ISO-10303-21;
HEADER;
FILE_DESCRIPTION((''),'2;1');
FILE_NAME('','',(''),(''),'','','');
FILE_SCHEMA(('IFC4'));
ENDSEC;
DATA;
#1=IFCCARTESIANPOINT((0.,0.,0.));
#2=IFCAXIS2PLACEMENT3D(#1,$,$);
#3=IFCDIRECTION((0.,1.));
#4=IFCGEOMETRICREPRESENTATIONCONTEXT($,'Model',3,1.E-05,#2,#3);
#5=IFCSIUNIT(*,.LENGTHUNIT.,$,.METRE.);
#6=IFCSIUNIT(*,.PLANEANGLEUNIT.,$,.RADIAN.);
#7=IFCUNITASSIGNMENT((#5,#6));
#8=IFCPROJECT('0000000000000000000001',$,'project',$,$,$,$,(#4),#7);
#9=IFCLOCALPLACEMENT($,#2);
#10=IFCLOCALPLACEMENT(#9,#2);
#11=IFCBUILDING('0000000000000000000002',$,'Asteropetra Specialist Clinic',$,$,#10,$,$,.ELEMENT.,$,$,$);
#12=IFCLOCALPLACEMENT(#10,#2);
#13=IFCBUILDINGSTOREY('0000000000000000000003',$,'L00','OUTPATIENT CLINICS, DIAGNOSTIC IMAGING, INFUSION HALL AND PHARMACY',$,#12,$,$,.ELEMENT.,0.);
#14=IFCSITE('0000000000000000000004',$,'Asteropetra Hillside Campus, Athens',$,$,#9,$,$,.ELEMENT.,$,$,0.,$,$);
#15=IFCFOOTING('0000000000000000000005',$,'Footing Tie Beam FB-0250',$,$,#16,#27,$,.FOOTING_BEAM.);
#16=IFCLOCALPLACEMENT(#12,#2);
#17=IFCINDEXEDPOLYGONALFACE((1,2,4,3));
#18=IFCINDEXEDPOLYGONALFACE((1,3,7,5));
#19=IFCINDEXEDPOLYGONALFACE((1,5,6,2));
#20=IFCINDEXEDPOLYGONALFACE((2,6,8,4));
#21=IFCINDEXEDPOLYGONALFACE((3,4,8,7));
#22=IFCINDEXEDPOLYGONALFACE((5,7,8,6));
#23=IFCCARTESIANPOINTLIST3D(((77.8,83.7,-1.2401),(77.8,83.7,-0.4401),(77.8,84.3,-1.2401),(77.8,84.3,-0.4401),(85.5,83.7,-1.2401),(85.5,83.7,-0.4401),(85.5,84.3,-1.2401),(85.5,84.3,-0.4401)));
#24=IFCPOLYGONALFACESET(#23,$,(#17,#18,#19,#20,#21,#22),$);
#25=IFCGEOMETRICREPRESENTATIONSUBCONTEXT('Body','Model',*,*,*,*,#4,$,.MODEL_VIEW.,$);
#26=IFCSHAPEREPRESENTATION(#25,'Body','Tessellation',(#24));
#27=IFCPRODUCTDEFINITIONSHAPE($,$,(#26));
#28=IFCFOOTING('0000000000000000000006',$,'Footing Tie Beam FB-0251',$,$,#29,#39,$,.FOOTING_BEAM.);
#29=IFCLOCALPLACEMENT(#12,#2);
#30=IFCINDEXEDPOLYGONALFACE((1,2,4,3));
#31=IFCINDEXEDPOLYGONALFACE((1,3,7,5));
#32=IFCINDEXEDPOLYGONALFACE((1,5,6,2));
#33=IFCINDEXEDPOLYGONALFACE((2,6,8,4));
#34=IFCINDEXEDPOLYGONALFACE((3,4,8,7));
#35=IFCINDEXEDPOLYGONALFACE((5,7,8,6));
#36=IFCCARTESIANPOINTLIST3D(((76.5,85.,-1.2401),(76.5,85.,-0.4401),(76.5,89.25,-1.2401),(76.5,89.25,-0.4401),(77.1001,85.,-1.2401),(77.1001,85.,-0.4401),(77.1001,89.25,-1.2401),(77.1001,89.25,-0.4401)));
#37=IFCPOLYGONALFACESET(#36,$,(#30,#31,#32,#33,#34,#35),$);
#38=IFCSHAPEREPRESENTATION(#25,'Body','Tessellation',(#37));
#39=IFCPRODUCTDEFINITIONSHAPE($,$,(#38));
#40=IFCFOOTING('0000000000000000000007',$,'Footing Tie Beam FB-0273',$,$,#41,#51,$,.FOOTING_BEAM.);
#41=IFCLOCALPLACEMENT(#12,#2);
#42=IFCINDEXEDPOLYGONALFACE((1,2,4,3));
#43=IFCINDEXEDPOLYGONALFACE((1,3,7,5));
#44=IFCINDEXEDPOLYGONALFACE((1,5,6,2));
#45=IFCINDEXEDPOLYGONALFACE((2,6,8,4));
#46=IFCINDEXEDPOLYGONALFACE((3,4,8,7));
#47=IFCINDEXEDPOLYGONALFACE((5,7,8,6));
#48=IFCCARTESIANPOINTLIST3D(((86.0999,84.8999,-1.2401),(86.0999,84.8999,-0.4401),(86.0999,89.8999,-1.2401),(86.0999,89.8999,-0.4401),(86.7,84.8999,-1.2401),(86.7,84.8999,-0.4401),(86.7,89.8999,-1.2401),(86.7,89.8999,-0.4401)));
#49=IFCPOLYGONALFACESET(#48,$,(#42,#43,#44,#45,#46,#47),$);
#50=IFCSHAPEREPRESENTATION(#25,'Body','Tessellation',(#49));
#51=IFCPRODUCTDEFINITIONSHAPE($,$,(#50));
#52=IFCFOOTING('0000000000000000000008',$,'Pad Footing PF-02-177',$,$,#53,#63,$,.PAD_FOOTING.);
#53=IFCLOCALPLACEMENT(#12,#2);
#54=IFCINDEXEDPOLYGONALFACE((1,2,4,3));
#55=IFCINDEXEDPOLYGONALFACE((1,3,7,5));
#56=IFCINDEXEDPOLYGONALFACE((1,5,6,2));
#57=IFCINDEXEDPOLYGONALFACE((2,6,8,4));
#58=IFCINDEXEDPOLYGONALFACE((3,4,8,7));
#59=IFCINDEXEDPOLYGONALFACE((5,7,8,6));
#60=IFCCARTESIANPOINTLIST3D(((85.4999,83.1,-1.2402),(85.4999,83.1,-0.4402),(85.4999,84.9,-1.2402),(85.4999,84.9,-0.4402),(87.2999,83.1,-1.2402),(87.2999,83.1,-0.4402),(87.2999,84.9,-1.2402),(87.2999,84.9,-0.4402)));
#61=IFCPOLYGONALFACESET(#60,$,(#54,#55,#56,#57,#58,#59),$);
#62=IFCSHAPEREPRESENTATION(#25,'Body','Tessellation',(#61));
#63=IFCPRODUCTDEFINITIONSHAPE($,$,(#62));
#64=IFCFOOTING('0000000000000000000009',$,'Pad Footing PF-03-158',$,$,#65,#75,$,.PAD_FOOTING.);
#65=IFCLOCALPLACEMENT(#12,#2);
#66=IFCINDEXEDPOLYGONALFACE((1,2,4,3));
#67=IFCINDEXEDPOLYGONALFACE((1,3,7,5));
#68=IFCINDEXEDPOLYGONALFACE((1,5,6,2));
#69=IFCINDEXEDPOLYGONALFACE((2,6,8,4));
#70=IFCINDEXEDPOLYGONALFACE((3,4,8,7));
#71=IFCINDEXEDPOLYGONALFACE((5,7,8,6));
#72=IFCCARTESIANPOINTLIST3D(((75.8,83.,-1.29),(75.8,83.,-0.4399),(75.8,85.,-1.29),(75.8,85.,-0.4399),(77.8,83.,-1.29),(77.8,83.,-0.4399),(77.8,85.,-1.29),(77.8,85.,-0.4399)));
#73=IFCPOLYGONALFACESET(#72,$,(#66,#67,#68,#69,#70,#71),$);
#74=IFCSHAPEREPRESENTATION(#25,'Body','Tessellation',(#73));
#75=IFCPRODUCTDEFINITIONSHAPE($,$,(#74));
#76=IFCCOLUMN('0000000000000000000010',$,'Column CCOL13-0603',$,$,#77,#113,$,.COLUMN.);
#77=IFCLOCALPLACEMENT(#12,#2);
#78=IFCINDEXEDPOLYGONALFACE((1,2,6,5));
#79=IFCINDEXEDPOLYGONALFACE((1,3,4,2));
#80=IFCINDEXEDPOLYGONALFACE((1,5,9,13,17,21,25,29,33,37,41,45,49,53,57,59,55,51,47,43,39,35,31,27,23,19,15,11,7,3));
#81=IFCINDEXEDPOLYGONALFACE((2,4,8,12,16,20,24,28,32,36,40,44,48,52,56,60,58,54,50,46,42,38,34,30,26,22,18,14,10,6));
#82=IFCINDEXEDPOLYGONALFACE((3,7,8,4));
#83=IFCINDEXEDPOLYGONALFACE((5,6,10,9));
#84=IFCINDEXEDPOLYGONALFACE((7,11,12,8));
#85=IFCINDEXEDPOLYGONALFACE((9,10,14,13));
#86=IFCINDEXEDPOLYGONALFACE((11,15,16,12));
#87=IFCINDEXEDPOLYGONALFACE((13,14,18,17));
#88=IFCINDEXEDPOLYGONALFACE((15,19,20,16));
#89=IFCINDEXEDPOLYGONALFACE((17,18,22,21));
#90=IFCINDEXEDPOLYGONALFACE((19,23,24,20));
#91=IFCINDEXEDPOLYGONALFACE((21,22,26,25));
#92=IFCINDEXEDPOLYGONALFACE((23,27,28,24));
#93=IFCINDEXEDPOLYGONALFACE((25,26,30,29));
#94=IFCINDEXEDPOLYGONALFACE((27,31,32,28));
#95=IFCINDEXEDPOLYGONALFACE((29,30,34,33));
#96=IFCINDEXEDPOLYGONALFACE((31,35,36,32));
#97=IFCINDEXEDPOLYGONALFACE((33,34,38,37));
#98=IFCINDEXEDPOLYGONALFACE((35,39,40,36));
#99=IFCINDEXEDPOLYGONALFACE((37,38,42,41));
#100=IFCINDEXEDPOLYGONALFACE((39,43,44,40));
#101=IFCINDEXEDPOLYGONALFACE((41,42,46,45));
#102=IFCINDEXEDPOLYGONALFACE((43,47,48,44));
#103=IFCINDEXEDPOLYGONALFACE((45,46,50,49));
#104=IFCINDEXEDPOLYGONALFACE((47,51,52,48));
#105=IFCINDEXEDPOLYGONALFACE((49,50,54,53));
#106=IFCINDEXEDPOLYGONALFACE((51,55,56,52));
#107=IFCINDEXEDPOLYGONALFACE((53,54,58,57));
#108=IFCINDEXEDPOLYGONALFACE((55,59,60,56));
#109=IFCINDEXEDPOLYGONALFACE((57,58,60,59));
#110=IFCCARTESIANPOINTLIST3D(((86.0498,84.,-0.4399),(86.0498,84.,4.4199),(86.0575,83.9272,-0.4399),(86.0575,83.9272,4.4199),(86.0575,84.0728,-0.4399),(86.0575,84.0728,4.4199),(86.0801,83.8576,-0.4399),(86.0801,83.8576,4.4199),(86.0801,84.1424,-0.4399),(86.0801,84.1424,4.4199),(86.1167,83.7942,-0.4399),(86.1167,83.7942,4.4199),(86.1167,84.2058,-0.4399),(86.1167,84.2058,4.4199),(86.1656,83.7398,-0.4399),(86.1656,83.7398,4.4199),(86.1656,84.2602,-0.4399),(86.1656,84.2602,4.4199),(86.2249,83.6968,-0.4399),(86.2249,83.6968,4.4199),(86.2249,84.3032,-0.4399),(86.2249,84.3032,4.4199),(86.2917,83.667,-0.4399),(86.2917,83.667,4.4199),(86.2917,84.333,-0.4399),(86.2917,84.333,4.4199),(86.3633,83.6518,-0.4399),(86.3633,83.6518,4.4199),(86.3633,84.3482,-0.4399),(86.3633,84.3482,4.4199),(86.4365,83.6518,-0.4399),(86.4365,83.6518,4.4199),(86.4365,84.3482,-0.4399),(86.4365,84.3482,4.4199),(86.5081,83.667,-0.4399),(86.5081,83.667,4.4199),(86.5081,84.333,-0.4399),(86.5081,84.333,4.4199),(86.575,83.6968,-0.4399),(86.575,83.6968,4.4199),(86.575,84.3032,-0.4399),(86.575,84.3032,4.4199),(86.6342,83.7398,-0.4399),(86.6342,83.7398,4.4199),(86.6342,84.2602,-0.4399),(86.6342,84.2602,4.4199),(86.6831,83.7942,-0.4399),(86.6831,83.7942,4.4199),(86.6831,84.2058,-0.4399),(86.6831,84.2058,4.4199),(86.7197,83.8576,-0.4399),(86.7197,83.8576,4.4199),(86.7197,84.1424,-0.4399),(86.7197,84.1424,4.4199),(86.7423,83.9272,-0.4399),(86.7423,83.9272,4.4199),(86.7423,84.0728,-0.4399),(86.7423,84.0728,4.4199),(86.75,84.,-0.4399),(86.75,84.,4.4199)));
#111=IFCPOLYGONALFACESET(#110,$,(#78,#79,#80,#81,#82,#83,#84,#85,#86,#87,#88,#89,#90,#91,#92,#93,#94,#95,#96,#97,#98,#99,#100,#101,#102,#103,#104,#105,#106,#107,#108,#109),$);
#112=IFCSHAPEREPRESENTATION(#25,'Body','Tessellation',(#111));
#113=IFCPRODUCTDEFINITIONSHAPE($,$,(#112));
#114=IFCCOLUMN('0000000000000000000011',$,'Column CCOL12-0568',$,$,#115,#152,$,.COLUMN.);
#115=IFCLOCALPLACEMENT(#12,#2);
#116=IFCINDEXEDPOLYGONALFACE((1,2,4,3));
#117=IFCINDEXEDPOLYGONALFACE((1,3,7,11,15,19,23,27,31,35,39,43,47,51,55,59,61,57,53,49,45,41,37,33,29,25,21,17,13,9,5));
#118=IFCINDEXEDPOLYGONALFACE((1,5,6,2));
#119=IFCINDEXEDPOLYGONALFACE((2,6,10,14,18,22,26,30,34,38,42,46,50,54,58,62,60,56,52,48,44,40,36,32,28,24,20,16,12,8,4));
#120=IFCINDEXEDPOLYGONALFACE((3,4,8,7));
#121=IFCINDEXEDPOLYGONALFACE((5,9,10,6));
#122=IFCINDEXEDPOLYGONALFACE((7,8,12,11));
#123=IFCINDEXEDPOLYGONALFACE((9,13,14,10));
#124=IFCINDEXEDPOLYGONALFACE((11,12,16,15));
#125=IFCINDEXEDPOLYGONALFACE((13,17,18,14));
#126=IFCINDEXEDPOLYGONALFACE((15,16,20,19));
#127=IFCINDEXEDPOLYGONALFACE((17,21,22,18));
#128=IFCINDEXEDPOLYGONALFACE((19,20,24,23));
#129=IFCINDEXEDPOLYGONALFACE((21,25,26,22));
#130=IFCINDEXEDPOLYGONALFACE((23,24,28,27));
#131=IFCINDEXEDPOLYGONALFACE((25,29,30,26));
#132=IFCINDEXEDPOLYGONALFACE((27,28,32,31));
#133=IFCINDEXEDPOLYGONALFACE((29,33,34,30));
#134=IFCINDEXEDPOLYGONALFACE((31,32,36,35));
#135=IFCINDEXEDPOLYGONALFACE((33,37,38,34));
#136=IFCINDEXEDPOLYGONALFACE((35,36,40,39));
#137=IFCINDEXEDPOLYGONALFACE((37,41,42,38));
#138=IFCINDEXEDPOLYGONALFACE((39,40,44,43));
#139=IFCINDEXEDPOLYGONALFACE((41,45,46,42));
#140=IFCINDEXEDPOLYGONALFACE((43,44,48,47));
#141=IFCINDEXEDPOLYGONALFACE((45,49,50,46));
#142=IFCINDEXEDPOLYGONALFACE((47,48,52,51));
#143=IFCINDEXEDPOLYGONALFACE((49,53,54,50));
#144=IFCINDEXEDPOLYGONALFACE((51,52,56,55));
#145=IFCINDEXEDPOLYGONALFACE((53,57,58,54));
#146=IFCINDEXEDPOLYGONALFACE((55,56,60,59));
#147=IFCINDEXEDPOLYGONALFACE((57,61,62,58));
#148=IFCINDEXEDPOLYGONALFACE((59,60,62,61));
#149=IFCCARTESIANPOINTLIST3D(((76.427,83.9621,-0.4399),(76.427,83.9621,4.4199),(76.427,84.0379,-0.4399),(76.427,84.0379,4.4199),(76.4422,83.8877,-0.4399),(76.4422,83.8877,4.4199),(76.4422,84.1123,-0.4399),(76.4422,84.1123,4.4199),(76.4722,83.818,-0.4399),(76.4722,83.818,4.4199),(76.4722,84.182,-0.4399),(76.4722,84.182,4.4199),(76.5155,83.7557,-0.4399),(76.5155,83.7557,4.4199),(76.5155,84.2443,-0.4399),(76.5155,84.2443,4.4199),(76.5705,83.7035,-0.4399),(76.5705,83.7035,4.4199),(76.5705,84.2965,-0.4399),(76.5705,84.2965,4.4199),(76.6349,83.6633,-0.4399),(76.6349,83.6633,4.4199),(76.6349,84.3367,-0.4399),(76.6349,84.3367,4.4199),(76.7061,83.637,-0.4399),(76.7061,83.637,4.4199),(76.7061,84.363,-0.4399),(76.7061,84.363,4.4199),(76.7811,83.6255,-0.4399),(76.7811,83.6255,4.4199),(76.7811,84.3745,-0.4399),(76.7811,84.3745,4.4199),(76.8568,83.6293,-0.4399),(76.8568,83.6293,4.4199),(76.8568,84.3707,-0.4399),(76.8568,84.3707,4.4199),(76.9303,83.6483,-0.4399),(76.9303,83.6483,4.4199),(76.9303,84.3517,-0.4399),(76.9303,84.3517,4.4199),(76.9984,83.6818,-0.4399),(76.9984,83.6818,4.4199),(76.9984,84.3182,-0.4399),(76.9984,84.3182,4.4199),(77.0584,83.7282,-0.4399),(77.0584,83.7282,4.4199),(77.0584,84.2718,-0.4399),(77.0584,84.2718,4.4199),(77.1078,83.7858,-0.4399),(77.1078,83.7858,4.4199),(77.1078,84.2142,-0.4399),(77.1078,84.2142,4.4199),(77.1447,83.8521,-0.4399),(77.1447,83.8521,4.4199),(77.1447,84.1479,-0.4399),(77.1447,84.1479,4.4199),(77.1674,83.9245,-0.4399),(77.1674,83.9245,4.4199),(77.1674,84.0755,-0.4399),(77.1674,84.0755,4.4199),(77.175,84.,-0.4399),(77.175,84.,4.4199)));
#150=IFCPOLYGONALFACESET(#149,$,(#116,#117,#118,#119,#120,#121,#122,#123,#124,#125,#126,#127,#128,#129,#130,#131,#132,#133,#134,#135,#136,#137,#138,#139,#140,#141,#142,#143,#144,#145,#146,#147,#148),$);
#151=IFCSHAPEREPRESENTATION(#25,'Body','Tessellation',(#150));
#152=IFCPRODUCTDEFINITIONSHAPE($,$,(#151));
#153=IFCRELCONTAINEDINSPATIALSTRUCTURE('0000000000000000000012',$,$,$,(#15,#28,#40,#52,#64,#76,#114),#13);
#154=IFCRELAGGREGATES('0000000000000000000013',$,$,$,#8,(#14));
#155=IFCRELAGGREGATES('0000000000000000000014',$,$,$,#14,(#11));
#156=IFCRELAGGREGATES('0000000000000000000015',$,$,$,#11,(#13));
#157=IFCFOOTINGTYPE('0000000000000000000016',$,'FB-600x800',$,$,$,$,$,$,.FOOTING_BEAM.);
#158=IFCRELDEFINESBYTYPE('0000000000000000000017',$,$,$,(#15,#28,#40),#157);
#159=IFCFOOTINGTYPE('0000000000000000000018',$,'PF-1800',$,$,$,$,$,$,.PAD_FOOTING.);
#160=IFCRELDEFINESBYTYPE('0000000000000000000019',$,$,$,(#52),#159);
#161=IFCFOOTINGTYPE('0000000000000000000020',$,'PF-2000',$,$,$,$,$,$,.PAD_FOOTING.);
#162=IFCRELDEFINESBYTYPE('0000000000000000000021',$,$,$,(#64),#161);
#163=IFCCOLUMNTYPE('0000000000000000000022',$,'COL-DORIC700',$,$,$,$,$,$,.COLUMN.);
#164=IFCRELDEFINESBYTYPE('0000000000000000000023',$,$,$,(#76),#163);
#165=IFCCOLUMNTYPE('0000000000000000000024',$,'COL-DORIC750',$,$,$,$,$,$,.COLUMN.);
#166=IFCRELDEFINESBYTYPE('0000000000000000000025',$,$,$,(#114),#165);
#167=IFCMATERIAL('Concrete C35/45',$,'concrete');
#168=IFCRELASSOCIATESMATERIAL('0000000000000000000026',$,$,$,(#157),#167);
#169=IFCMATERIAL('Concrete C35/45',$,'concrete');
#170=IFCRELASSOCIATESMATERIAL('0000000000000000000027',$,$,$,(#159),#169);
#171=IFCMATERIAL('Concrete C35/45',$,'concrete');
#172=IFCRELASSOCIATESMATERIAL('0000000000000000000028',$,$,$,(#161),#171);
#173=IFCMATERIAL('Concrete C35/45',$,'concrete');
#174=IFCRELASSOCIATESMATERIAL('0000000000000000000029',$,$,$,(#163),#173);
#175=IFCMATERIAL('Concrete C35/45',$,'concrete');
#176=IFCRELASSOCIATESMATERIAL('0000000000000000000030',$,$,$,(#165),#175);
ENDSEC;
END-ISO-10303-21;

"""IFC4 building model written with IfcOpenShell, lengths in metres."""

from ifc_helpers import new_model, si_unit, direction, frame, origin, origin_2d, place, context, subcontext, project, spatial, rectangle, circle, extrude, material, material_profile, profile_set, type_object, element, save


model = new_model("IFC4")

# Units and contexts
model_context = context("Model", 3, precision=1e-05, world=origin(), true_north=direction((0.0, 1.0)))
body_context = subcontext(model_context, "Body", "Model", "MODEL_VIEW")
ifc_project = project(units=[si_unit("LENGTHUNIT", "METRE"), si_unit("PLANEANGLEUNIT", "RADIAN")], contexts=[model_context])

# Site, building, storey
site_placement = place(None, origin())
site = spatial("IfcSite", under=ifc_project, at=site_placement, Name="Asteropetra Hillside Campus, Athens", CompositionType="ELEMENT", RefElevation=0.0)
building_placement = place(site_placement, origin())
building = spatial("IfcBuilding", under=site, at=building_placement, Name="Asteropetra Specialist Clinic", CompositionType="ELEMENT")
storey_placement = place(building_placement, origin())
storey = spatial("IfcBuildingStorey", under=building, at=storey_placement, Name="L00", Description="OUTPATIENT CLINICS, DIAGNOSTIC IMAGING, INFUSION HALL AND PHARMACY", CompositionType="ELEMENT", Elevation=0.0)

# Footings
ifc_material_1 = material(Name="Concrete C35/45", Category="concrete")
ifc_material_profile_1 = material_profile(ifc_material_1, rectangle(XDim=0.6001, YDim=0.8, at=origin_2d()), Name="FB 600x800")
ifc_profile_set_1 = profile_set([ifc_material_profile_1], Name="Concrete C35/45")
footing_type_1 = type_object("IfcFootingType", Name="FB-600x800", PredefinedType="FOOTING_BEAM", material=ifc_profile_set_1)
footing_1_placement = place(storey_placement, frame((77.8, 84.0, -0.8401), z_axis=(1.0, 0.0, 0.0), x_axis=(0.0, 1.0, 0.0)))
element("IfcFooting", 1, at=footing_1_placement, inside=storey, type_object=footing_type_1, Name="Footing Tie Beam FB-0250", PredefinedType="FOOTING_BEAM", context=body_context, shape_type="SweptSolid", body=[
    extrude(rectangle(XDim=0.6001, YDim=0.8, at=origin_2d()), origin(), (0.0, 0.0, 1.0), 7.7),
])
footing_2_placement = place(storey_placement, frame((76.8, 85.0, -0.8401), z_axis=(0.0, 1.0, 0.0), x_axis=(-1.0, 0.0, 0.0)))
element("IfcFooting", 2, at=footing_2_placement, inside=storey, type_object=footing_type_1, Name="Footing Tie Beam FB-0251", PredefinedType="FOOTING_BEAM", context=body_context, shape_type="SweptSolid", body=[
    extrude(rectangle(XDim=0.6001, YDim=0.8, at=origin_2d()), origin(), (0.0, 0.0, 1.0), 4.25),
])
footing_3_placement = place(storey_placement, frame((86.3999, 84.8999, -0.8401), z_axis=(0.0, 1.0, 0.0), x_axis=(-1.0, 0.0, 0.0)))
element("IfcFooting", 3, at=footing_3_placement, inside=storey, type_object=footing_type_1, Name="Footing Tie Beam FB-0273", PredefinedType="FOOTING_BEAM", context=body_context, shape_type="SweptSolid", body=[
    extrude(rectangle(XDim=0.6001, YDim=0.8, at=origin_2d()), origin(), (0.0, 0.0, 1.0), 5.0),
])
ifc_material_2 = material(Name="Concrete C35/45", Category="concrete")
footing_type_2 = type_object("IfcFootingType", Name="PF-1800", PredefinedType="PAD_FOOTING", material=ifc_material_2)
footing_4_placement = place(storey_placement, frame((86.3999, 84.0, -1.2402), z_axis=(0.0, 0.0, 1.0), x_axis=(1.0, 0.0, 0.0)))
element("IfcFooting", 4, at=footing_4_placement, inside=storey, type_object=footing_type_2, Name="Pad Footing PF-02-177", PredefinedType="PAD_FOOTING", context=body_context, shape_type="SweptSolid", body=[
    extrude(rectangle(XDim=1.8, YDim=1.8, at=origin_2d()), origin(), (0.0, 0.0, 1.0), 0.8),
])
ifc_material_3 = material(Name="Concrete C35/45", Category="concrete")
footing_type_3 = type_object("IfcFootingType", Name="PF-2000", PredefinedType="PAD_FOOTING", material=ifc_material_3)
footing_5_placement = place(storey_placement, frame((76.8, 84.0, -1.29), z_axis=(0.0, 0.0, 1.0), x_axis=(1.0, 0.0, 0.0)))
element("IfcFooting", 5, at=footing_5_placement, inside=storey, type_object=footing_type_3, Name="Pad Footing PF-03-158", PredefinedType="PAD_FOOTING", context=body_context, shape_type="SweptSolid", body=[
    extrude(rectangle(XDim=2.0, YDim=2.0, at=origin_2d()), origin(), (0.0, 0.0, 1.0), 0.8501),
])

# Columns
ifc_material_4 = material(Name="Concrete C35/45", Category="concrete")
ifc_material_profile_2 = material_profile(ifc_material_4, circle(Radius=0.3501, at=origin_2d()), Name="RCC D700")
ifc_profile_set_2 = profile_set([ifc_material_profile_2], Name="Concrete C35/45")
column_type_1 = type_object("IfcColumnType", Name="COL-DORIC700", PredefinedType="COLUMN", material=ifc_profile_set_2)
column_1_placement = place(storey_placement, frame((86.3999, 84.0, -0.4399), z_axis=(0.0, 0.0, 1.0), x_axis=(1.0, 0.0, 0.0)))
element("IfcColumn", 6, at=column_1_placement, inside=storey, type_object=column_type_1, Name="Column CCOL13-0603", PredefinedType="COLUMN", context=body_context, shape_type="SweptSolid", body=[
    extrude(circle(Radius=0.3501, at=origin_2d()), origin(), (0.0, 0.0, 1.0), 4.8599),
])
ifc_material_5 = material(Name="Concrete C35/45", Category="concrete")
ifc_material_profile_3 = material_profile(ifc_material_5, circle(Radius=0.375, at=origin_2d()), Name="RCC D750")
ifc_profile_set_3 = profile_set([ifc_material_profile_3], Name="Concrete C35/45")
column_type_2 = type_object("IfcColumnType", Name="COL-DORIC750", PredefinedType="COLUMN", material=ifc_profile_set_3)
column_2_placement = place(storey_placement, frame((76.8, 84.0, -0.4399), z_axis=(0.0, 0.0, 1.0), x_axis=(1.0, 0.0, 0.0)))
element("IfcColumn", 7, at=column_2_placement, inside=storey, type_object=column_type_2, Name="Column CCOL12-0568", PredefinedType="COLUMN", context=body_context, shape_type="SweptSolid", body=[
    extrude(circle(Radius=0.375, at=origin_2d()), origin(), (0.0, 0.0, 1.0), 4.8599),
])

save(model, "model.ifc")
